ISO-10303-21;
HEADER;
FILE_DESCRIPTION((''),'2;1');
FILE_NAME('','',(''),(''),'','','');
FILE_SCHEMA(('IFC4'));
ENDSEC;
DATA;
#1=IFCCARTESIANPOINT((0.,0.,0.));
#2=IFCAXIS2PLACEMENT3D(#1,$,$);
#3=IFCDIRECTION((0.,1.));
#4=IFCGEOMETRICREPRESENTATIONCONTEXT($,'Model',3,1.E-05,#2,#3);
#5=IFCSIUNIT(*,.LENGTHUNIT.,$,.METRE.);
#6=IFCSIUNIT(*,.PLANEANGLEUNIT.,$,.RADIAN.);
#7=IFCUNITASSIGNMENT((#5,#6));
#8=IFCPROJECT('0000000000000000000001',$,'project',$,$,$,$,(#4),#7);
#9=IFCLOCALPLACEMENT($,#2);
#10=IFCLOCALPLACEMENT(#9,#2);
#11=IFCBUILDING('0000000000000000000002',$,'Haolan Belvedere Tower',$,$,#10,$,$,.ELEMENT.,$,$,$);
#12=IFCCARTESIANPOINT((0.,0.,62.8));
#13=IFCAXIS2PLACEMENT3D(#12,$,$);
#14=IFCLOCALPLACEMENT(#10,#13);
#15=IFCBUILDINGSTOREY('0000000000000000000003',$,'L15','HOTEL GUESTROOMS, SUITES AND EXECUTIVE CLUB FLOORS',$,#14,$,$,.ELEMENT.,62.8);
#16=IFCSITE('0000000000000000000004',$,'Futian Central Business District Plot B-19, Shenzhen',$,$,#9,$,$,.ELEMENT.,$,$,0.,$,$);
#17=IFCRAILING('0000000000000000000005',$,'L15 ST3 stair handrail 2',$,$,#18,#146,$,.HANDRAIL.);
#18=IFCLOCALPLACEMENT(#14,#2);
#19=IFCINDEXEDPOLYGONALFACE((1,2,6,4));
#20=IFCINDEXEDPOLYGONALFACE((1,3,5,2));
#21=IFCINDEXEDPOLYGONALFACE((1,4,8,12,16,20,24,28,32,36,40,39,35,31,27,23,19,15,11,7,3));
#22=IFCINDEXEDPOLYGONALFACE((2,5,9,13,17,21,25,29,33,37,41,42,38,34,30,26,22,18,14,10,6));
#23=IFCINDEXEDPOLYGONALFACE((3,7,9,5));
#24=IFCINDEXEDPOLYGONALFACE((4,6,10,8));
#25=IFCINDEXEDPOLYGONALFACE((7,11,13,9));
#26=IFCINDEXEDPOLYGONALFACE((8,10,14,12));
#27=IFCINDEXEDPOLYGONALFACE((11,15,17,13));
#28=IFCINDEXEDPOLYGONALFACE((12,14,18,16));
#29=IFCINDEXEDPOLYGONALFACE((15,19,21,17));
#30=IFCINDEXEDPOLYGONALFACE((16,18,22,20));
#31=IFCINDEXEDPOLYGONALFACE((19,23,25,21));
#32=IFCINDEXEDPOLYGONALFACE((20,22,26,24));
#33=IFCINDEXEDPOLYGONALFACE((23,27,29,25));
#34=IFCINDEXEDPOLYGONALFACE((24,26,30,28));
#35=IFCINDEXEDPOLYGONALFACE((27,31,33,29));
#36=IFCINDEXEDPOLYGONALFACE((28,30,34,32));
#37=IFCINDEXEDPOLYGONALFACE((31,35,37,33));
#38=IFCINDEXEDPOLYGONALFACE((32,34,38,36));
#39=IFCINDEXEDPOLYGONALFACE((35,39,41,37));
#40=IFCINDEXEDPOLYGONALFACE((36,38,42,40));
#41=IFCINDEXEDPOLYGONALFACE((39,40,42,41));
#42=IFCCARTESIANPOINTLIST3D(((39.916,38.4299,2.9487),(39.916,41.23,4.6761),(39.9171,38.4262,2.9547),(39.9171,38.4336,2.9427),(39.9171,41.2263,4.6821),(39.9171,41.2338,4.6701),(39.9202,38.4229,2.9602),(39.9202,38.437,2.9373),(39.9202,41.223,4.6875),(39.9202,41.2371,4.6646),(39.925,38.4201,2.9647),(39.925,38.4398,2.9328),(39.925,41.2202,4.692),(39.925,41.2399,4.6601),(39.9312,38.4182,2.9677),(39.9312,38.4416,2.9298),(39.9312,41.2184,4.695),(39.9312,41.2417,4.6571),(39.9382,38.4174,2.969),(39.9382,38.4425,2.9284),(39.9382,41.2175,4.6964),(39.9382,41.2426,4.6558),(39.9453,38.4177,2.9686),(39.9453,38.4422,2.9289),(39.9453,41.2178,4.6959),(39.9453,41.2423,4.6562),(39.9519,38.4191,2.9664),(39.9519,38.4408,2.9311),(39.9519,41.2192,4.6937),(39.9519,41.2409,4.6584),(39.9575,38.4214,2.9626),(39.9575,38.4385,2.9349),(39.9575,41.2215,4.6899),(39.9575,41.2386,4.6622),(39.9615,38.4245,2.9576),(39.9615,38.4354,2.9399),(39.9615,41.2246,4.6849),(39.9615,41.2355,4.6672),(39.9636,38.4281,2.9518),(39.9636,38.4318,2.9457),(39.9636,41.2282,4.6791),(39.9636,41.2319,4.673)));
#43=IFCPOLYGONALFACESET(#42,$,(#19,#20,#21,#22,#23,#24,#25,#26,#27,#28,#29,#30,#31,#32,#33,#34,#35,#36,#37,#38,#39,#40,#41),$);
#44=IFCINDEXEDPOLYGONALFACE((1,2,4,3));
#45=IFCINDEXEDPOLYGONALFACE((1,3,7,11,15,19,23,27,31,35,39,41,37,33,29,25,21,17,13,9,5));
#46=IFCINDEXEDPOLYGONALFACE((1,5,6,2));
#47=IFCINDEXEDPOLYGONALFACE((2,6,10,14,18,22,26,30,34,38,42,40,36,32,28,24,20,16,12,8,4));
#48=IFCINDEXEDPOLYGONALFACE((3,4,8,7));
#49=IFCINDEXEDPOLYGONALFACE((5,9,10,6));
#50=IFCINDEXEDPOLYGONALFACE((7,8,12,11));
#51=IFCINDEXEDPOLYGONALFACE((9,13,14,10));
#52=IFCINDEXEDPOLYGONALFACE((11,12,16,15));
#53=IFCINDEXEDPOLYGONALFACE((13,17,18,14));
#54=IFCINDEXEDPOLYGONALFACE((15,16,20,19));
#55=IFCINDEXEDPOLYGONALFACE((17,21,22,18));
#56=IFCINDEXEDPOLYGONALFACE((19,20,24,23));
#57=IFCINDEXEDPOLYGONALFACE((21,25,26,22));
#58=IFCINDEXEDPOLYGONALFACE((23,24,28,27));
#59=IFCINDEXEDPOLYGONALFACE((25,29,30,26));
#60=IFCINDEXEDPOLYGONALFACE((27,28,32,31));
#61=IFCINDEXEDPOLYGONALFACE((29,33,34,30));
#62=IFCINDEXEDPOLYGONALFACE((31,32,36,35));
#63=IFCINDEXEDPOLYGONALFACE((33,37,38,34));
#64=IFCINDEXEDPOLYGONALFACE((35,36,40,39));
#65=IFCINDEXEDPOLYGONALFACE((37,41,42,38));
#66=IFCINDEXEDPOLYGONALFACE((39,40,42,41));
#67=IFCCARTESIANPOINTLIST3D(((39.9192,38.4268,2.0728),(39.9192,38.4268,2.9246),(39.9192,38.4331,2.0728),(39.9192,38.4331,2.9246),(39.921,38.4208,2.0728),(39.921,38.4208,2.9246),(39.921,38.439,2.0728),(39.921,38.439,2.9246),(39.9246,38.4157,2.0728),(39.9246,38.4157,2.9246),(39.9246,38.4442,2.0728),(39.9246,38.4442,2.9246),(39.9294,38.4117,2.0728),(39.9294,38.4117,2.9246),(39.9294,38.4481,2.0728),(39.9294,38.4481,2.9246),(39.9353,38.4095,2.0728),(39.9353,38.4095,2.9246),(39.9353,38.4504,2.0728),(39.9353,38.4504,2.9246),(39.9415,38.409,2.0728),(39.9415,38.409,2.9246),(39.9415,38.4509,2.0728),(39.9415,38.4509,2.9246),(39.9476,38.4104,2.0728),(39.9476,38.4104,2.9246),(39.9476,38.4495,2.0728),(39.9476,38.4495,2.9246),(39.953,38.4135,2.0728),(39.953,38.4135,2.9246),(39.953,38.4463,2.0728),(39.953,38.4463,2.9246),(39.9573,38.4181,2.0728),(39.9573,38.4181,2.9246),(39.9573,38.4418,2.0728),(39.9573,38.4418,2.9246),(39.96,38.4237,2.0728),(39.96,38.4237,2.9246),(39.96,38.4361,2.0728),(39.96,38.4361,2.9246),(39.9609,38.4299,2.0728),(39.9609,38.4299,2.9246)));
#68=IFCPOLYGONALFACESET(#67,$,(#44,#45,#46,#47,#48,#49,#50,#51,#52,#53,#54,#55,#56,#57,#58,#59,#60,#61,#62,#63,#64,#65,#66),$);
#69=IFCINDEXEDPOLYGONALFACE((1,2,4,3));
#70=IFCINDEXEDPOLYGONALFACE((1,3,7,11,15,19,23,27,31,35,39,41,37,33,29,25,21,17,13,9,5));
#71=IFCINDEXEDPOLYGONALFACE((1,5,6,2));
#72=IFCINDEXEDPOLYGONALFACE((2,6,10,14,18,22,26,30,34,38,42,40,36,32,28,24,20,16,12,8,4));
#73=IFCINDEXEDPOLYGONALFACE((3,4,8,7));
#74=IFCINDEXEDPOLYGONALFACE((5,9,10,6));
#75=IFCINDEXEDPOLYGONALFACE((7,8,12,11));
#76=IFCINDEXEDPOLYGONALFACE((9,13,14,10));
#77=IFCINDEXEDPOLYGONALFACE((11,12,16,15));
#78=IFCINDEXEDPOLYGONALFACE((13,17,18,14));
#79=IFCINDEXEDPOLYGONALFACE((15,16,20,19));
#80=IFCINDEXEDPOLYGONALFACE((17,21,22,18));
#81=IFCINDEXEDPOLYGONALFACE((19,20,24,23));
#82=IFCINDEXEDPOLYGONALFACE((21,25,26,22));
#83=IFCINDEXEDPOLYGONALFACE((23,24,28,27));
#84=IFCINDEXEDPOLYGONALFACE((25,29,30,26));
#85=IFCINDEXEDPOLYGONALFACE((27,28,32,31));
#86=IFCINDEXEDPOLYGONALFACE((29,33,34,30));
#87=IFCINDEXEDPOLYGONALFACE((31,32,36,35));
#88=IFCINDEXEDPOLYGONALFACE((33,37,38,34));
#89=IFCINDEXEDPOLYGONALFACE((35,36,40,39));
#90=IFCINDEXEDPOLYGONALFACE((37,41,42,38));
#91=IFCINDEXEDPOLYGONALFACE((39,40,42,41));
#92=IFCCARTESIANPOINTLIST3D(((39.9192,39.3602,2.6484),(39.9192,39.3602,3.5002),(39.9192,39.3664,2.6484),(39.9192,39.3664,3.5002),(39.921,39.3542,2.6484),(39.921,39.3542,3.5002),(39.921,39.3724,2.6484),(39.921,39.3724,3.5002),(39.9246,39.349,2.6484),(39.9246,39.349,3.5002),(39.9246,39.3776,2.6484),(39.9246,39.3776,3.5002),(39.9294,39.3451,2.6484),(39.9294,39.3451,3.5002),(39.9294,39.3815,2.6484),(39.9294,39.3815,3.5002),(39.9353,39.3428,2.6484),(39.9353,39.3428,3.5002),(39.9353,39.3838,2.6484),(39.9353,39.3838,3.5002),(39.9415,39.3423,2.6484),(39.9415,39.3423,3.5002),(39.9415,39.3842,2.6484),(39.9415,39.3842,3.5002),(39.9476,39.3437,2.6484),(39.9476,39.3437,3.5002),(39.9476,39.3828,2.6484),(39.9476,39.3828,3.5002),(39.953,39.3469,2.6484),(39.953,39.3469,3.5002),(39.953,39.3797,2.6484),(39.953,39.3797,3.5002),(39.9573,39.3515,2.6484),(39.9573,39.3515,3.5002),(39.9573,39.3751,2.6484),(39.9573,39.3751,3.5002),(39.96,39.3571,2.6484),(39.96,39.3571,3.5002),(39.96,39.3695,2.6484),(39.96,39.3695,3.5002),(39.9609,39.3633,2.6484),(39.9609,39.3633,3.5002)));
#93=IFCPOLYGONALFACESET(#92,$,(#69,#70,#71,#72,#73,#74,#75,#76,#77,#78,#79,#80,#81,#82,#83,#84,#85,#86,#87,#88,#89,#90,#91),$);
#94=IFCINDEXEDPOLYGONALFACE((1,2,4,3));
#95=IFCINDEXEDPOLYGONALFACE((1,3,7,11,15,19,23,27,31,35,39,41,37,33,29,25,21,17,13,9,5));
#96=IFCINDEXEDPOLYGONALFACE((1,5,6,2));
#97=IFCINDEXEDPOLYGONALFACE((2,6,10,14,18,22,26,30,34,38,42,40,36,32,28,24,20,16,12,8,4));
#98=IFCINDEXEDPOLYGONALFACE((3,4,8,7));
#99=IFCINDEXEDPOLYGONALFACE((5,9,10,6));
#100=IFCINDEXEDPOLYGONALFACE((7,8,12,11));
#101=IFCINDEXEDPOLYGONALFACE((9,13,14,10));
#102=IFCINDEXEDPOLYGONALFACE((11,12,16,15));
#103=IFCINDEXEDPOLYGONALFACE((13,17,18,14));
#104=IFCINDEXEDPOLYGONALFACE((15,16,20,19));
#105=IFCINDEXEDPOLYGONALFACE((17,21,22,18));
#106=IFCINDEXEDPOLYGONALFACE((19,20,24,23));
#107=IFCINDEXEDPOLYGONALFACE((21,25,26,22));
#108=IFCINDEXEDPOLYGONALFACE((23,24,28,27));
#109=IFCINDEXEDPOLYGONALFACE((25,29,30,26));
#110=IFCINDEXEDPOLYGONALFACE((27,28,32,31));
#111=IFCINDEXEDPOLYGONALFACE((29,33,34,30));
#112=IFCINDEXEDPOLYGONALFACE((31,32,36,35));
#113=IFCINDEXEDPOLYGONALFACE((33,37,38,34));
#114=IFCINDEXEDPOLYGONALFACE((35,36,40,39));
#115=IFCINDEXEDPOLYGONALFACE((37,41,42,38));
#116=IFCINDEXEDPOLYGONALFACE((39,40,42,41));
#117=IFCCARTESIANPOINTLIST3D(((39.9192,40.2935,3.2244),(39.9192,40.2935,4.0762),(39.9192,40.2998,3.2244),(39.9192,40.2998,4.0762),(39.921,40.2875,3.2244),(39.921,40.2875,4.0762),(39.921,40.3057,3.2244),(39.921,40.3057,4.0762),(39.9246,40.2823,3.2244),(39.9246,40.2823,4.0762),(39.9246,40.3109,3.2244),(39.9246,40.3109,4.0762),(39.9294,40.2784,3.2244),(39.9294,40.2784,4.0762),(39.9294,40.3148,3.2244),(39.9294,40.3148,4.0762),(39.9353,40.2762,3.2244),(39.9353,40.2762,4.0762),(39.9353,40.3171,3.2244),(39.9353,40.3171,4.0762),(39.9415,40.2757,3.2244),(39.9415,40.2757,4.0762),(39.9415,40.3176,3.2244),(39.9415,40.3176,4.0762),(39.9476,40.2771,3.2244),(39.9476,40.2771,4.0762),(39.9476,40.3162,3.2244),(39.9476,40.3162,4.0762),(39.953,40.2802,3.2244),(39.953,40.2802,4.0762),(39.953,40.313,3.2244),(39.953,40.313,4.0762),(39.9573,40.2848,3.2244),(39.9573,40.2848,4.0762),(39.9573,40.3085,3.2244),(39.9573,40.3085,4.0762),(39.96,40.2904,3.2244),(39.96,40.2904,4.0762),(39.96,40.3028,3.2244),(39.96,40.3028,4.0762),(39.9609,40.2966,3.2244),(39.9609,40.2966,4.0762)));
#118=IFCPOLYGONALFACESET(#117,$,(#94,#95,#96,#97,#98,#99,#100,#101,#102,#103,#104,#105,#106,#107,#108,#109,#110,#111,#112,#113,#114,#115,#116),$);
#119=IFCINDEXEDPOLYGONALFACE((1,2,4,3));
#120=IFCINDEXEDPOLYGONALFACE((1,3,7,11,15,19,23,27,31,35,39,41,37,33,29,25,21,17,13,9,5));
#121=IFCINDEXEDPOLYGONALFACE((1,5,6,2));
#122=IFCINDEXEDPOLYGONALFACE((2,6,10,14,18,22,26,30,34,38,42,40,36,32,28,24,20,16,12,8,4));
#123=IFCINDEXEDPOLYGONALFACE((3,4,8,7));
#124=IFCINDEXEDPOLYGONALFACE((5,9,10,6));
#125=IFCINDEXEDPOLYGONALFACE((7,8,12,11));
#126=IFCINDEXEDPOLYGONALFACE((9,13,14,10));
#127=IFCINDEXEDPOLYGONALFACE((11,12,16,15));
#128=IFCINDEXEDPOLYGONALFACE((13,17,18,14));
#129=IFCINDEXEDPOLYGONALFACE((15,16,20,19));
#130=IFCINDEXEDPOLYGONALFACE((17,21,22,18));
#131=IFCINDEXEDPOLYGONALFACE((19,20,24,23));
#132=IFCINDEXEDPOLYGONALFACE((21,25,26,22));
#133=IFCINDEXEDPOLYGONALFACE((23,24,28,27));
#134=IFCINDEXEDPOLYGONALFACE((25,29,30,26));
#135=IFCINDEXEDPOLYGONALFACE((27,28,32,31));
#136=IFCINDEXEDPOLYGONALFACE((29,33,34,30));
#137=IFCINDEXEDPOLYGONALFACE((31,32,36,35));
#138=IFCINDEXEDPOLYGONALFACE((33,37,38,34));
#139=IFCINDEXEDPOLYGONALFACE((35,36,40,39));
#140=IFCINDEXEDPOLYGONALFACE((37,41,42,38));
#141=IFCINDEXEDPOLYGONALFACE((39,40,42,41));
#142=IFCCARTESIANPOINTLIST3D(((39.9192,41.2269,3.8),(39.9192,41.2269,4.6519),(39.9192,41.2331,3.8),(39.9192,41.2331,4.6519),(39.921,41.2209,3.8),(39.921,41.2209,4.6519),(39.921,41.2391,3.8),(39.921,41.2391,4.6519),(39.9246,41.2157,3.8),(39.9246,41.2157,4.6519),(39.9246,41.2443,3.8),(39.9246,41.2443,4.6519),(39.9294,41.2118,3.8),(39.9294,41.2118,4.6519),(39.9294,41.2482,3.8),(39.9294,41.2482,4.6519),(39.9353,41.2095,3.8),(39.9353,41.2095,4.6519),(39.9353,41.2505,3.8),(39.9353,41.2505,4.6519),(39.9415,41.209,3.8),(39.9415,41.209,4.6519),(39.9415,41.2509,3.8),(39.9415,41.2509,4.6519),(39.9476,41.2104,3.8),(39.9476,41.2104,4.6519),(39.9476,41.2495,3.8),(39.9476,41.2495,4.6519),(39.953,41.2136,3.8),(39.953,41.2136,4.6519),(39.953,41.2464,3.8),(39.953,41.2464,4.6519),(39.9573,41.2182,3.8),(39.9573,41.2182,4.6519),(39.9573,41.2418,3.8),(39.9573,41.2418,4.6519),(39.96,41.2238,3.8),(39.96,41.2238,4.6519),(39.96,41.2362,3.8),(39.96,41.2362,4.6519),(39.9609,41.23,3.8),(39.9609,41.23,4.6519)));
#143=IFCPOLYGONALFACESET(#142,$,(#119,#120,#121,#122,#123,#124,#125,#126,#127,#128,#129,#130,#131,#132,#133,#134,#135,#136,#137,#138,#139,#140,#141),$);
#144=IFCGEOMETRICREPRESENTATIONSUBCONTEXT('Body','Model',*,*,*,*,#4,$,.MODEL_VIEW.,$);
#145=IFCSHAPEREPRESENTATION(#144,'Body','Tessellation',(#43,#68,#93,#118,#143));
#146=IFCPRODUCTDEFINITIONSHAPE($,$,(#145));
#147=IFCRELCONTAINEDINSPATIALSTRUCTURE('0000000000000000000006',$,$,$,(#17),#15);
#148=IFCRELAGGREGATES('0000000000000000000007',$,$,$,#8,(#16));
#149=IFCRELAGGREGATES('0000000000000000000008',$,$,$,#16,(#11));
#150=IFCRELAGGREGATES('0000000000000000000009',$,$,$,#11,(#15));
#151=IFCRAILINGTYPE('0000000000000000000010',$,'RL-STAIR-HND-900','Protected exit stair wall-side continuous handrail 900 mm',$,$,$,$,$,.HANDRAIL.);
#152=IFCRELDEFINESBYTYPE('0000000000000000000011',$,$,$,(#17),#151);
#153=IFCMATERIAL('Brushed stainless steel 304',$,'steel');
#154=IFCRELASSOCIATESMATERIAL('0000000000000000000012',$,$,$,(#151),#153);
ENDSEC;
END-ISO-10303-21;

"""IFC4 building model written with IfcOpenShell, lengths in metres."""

from ifc_helpers import new_model, si_unit, direction, frame, origin, origin_2d, place, context, subcontext, project, spatial, circle, extrude, material, type_object, element, save


model = new_model("IFC4")

# Units and contexts
model_context = context("Model", 3, precision=1e-05, world=origin(), true_north=direction((0.0, 1.0)))
body_context = subcontext(model_context, "Body", "Model", "MODEL_VIEW")
ifc_project = project(units=[si_unit("LENGTHUNIT", "METRE"), si_unit("PLANEANGLEUNIT", "RADIAN")], contexts=[model_context])

# Site, building, storey
site_placement = place(None, origin())
site = spatial("IfcSite", under=ifc_project, at=site_placement, Name="Futian Central Business District Plot B-19, Shenzhen", CompositionType="ELEMENT", RefElevation=0.0)
building_placement = place(site_placement, origin())
building = spatial("IfcBuilding", under=site, at=building_placement, Name="Haolan Belvedere Tower", CompositionType="ELEMENT")
storey_placement = place(building_placement, frame((0.0, 0.0, 62.8)))
storey = spatial("IfcBuildingStorey", under=building, at=storey_placement, Name="L15", Description="HOTEL GUESTROOMS, SUITES AND EXECUTIVE CLUB FLOORS", CompositionType="ELEMENT", Elevation=62.8)

# Railing
ifc_material_1 = material(Name="Brushed stainless steel 304", Category="steel")
railing_type_1 = type_object("IfcRailingType", Name="RL-STAIR-HND-900", Description="Protected exit stair wall-side continuous handrail 900 mm", PredefinedType="HANDRAIL", material=ifc_material_1)
railing_1_placement = place(storey_placement, frame((39.9399, 38.4299, 2.0728)))
element("IfcRailing", 1, at=railing_1_placement, inside=storey, type_object=railing_type_1, Name="L15 ST3 stair handrail 2", PredefinedType="HANDRAIL", context=body_context, shape_type="SweptSolid", body=[
    extrude(circle(Radius=0.0239, at=origin_2d()), frame((0.0, 0.0, 0.876), z_axis=(0.0, 0.85109, 0.52502), x_axis=(-1.0, 0.0, 0.0)), (0.0, 0.0, 1.0), 3.29),
    extrude(circle(Radius=0.021, at=origin_2d()), origin(), (0.0, 0.0, 1.0), 0.8518),
    extrude(circle(Radius=0.021, at=origin_2d()), frame((0.0, 0.9333, 0.5757)), (0.0, 0.0, 1.0), 0.8518),
    extrude(circle(Radius=0.021, at=origin_2d()), frame((0.0, 1.8667, 1.1516)), (0.0, 0.0, 1.0), 0.8518),
    extrude(circle(Radius=0.021, at=origin_2d()), frame((0.0, 2.8, 1.7273)), (0.0, 0.0, 1.0), 0.8518),
])

save(model, "model.ifc")
